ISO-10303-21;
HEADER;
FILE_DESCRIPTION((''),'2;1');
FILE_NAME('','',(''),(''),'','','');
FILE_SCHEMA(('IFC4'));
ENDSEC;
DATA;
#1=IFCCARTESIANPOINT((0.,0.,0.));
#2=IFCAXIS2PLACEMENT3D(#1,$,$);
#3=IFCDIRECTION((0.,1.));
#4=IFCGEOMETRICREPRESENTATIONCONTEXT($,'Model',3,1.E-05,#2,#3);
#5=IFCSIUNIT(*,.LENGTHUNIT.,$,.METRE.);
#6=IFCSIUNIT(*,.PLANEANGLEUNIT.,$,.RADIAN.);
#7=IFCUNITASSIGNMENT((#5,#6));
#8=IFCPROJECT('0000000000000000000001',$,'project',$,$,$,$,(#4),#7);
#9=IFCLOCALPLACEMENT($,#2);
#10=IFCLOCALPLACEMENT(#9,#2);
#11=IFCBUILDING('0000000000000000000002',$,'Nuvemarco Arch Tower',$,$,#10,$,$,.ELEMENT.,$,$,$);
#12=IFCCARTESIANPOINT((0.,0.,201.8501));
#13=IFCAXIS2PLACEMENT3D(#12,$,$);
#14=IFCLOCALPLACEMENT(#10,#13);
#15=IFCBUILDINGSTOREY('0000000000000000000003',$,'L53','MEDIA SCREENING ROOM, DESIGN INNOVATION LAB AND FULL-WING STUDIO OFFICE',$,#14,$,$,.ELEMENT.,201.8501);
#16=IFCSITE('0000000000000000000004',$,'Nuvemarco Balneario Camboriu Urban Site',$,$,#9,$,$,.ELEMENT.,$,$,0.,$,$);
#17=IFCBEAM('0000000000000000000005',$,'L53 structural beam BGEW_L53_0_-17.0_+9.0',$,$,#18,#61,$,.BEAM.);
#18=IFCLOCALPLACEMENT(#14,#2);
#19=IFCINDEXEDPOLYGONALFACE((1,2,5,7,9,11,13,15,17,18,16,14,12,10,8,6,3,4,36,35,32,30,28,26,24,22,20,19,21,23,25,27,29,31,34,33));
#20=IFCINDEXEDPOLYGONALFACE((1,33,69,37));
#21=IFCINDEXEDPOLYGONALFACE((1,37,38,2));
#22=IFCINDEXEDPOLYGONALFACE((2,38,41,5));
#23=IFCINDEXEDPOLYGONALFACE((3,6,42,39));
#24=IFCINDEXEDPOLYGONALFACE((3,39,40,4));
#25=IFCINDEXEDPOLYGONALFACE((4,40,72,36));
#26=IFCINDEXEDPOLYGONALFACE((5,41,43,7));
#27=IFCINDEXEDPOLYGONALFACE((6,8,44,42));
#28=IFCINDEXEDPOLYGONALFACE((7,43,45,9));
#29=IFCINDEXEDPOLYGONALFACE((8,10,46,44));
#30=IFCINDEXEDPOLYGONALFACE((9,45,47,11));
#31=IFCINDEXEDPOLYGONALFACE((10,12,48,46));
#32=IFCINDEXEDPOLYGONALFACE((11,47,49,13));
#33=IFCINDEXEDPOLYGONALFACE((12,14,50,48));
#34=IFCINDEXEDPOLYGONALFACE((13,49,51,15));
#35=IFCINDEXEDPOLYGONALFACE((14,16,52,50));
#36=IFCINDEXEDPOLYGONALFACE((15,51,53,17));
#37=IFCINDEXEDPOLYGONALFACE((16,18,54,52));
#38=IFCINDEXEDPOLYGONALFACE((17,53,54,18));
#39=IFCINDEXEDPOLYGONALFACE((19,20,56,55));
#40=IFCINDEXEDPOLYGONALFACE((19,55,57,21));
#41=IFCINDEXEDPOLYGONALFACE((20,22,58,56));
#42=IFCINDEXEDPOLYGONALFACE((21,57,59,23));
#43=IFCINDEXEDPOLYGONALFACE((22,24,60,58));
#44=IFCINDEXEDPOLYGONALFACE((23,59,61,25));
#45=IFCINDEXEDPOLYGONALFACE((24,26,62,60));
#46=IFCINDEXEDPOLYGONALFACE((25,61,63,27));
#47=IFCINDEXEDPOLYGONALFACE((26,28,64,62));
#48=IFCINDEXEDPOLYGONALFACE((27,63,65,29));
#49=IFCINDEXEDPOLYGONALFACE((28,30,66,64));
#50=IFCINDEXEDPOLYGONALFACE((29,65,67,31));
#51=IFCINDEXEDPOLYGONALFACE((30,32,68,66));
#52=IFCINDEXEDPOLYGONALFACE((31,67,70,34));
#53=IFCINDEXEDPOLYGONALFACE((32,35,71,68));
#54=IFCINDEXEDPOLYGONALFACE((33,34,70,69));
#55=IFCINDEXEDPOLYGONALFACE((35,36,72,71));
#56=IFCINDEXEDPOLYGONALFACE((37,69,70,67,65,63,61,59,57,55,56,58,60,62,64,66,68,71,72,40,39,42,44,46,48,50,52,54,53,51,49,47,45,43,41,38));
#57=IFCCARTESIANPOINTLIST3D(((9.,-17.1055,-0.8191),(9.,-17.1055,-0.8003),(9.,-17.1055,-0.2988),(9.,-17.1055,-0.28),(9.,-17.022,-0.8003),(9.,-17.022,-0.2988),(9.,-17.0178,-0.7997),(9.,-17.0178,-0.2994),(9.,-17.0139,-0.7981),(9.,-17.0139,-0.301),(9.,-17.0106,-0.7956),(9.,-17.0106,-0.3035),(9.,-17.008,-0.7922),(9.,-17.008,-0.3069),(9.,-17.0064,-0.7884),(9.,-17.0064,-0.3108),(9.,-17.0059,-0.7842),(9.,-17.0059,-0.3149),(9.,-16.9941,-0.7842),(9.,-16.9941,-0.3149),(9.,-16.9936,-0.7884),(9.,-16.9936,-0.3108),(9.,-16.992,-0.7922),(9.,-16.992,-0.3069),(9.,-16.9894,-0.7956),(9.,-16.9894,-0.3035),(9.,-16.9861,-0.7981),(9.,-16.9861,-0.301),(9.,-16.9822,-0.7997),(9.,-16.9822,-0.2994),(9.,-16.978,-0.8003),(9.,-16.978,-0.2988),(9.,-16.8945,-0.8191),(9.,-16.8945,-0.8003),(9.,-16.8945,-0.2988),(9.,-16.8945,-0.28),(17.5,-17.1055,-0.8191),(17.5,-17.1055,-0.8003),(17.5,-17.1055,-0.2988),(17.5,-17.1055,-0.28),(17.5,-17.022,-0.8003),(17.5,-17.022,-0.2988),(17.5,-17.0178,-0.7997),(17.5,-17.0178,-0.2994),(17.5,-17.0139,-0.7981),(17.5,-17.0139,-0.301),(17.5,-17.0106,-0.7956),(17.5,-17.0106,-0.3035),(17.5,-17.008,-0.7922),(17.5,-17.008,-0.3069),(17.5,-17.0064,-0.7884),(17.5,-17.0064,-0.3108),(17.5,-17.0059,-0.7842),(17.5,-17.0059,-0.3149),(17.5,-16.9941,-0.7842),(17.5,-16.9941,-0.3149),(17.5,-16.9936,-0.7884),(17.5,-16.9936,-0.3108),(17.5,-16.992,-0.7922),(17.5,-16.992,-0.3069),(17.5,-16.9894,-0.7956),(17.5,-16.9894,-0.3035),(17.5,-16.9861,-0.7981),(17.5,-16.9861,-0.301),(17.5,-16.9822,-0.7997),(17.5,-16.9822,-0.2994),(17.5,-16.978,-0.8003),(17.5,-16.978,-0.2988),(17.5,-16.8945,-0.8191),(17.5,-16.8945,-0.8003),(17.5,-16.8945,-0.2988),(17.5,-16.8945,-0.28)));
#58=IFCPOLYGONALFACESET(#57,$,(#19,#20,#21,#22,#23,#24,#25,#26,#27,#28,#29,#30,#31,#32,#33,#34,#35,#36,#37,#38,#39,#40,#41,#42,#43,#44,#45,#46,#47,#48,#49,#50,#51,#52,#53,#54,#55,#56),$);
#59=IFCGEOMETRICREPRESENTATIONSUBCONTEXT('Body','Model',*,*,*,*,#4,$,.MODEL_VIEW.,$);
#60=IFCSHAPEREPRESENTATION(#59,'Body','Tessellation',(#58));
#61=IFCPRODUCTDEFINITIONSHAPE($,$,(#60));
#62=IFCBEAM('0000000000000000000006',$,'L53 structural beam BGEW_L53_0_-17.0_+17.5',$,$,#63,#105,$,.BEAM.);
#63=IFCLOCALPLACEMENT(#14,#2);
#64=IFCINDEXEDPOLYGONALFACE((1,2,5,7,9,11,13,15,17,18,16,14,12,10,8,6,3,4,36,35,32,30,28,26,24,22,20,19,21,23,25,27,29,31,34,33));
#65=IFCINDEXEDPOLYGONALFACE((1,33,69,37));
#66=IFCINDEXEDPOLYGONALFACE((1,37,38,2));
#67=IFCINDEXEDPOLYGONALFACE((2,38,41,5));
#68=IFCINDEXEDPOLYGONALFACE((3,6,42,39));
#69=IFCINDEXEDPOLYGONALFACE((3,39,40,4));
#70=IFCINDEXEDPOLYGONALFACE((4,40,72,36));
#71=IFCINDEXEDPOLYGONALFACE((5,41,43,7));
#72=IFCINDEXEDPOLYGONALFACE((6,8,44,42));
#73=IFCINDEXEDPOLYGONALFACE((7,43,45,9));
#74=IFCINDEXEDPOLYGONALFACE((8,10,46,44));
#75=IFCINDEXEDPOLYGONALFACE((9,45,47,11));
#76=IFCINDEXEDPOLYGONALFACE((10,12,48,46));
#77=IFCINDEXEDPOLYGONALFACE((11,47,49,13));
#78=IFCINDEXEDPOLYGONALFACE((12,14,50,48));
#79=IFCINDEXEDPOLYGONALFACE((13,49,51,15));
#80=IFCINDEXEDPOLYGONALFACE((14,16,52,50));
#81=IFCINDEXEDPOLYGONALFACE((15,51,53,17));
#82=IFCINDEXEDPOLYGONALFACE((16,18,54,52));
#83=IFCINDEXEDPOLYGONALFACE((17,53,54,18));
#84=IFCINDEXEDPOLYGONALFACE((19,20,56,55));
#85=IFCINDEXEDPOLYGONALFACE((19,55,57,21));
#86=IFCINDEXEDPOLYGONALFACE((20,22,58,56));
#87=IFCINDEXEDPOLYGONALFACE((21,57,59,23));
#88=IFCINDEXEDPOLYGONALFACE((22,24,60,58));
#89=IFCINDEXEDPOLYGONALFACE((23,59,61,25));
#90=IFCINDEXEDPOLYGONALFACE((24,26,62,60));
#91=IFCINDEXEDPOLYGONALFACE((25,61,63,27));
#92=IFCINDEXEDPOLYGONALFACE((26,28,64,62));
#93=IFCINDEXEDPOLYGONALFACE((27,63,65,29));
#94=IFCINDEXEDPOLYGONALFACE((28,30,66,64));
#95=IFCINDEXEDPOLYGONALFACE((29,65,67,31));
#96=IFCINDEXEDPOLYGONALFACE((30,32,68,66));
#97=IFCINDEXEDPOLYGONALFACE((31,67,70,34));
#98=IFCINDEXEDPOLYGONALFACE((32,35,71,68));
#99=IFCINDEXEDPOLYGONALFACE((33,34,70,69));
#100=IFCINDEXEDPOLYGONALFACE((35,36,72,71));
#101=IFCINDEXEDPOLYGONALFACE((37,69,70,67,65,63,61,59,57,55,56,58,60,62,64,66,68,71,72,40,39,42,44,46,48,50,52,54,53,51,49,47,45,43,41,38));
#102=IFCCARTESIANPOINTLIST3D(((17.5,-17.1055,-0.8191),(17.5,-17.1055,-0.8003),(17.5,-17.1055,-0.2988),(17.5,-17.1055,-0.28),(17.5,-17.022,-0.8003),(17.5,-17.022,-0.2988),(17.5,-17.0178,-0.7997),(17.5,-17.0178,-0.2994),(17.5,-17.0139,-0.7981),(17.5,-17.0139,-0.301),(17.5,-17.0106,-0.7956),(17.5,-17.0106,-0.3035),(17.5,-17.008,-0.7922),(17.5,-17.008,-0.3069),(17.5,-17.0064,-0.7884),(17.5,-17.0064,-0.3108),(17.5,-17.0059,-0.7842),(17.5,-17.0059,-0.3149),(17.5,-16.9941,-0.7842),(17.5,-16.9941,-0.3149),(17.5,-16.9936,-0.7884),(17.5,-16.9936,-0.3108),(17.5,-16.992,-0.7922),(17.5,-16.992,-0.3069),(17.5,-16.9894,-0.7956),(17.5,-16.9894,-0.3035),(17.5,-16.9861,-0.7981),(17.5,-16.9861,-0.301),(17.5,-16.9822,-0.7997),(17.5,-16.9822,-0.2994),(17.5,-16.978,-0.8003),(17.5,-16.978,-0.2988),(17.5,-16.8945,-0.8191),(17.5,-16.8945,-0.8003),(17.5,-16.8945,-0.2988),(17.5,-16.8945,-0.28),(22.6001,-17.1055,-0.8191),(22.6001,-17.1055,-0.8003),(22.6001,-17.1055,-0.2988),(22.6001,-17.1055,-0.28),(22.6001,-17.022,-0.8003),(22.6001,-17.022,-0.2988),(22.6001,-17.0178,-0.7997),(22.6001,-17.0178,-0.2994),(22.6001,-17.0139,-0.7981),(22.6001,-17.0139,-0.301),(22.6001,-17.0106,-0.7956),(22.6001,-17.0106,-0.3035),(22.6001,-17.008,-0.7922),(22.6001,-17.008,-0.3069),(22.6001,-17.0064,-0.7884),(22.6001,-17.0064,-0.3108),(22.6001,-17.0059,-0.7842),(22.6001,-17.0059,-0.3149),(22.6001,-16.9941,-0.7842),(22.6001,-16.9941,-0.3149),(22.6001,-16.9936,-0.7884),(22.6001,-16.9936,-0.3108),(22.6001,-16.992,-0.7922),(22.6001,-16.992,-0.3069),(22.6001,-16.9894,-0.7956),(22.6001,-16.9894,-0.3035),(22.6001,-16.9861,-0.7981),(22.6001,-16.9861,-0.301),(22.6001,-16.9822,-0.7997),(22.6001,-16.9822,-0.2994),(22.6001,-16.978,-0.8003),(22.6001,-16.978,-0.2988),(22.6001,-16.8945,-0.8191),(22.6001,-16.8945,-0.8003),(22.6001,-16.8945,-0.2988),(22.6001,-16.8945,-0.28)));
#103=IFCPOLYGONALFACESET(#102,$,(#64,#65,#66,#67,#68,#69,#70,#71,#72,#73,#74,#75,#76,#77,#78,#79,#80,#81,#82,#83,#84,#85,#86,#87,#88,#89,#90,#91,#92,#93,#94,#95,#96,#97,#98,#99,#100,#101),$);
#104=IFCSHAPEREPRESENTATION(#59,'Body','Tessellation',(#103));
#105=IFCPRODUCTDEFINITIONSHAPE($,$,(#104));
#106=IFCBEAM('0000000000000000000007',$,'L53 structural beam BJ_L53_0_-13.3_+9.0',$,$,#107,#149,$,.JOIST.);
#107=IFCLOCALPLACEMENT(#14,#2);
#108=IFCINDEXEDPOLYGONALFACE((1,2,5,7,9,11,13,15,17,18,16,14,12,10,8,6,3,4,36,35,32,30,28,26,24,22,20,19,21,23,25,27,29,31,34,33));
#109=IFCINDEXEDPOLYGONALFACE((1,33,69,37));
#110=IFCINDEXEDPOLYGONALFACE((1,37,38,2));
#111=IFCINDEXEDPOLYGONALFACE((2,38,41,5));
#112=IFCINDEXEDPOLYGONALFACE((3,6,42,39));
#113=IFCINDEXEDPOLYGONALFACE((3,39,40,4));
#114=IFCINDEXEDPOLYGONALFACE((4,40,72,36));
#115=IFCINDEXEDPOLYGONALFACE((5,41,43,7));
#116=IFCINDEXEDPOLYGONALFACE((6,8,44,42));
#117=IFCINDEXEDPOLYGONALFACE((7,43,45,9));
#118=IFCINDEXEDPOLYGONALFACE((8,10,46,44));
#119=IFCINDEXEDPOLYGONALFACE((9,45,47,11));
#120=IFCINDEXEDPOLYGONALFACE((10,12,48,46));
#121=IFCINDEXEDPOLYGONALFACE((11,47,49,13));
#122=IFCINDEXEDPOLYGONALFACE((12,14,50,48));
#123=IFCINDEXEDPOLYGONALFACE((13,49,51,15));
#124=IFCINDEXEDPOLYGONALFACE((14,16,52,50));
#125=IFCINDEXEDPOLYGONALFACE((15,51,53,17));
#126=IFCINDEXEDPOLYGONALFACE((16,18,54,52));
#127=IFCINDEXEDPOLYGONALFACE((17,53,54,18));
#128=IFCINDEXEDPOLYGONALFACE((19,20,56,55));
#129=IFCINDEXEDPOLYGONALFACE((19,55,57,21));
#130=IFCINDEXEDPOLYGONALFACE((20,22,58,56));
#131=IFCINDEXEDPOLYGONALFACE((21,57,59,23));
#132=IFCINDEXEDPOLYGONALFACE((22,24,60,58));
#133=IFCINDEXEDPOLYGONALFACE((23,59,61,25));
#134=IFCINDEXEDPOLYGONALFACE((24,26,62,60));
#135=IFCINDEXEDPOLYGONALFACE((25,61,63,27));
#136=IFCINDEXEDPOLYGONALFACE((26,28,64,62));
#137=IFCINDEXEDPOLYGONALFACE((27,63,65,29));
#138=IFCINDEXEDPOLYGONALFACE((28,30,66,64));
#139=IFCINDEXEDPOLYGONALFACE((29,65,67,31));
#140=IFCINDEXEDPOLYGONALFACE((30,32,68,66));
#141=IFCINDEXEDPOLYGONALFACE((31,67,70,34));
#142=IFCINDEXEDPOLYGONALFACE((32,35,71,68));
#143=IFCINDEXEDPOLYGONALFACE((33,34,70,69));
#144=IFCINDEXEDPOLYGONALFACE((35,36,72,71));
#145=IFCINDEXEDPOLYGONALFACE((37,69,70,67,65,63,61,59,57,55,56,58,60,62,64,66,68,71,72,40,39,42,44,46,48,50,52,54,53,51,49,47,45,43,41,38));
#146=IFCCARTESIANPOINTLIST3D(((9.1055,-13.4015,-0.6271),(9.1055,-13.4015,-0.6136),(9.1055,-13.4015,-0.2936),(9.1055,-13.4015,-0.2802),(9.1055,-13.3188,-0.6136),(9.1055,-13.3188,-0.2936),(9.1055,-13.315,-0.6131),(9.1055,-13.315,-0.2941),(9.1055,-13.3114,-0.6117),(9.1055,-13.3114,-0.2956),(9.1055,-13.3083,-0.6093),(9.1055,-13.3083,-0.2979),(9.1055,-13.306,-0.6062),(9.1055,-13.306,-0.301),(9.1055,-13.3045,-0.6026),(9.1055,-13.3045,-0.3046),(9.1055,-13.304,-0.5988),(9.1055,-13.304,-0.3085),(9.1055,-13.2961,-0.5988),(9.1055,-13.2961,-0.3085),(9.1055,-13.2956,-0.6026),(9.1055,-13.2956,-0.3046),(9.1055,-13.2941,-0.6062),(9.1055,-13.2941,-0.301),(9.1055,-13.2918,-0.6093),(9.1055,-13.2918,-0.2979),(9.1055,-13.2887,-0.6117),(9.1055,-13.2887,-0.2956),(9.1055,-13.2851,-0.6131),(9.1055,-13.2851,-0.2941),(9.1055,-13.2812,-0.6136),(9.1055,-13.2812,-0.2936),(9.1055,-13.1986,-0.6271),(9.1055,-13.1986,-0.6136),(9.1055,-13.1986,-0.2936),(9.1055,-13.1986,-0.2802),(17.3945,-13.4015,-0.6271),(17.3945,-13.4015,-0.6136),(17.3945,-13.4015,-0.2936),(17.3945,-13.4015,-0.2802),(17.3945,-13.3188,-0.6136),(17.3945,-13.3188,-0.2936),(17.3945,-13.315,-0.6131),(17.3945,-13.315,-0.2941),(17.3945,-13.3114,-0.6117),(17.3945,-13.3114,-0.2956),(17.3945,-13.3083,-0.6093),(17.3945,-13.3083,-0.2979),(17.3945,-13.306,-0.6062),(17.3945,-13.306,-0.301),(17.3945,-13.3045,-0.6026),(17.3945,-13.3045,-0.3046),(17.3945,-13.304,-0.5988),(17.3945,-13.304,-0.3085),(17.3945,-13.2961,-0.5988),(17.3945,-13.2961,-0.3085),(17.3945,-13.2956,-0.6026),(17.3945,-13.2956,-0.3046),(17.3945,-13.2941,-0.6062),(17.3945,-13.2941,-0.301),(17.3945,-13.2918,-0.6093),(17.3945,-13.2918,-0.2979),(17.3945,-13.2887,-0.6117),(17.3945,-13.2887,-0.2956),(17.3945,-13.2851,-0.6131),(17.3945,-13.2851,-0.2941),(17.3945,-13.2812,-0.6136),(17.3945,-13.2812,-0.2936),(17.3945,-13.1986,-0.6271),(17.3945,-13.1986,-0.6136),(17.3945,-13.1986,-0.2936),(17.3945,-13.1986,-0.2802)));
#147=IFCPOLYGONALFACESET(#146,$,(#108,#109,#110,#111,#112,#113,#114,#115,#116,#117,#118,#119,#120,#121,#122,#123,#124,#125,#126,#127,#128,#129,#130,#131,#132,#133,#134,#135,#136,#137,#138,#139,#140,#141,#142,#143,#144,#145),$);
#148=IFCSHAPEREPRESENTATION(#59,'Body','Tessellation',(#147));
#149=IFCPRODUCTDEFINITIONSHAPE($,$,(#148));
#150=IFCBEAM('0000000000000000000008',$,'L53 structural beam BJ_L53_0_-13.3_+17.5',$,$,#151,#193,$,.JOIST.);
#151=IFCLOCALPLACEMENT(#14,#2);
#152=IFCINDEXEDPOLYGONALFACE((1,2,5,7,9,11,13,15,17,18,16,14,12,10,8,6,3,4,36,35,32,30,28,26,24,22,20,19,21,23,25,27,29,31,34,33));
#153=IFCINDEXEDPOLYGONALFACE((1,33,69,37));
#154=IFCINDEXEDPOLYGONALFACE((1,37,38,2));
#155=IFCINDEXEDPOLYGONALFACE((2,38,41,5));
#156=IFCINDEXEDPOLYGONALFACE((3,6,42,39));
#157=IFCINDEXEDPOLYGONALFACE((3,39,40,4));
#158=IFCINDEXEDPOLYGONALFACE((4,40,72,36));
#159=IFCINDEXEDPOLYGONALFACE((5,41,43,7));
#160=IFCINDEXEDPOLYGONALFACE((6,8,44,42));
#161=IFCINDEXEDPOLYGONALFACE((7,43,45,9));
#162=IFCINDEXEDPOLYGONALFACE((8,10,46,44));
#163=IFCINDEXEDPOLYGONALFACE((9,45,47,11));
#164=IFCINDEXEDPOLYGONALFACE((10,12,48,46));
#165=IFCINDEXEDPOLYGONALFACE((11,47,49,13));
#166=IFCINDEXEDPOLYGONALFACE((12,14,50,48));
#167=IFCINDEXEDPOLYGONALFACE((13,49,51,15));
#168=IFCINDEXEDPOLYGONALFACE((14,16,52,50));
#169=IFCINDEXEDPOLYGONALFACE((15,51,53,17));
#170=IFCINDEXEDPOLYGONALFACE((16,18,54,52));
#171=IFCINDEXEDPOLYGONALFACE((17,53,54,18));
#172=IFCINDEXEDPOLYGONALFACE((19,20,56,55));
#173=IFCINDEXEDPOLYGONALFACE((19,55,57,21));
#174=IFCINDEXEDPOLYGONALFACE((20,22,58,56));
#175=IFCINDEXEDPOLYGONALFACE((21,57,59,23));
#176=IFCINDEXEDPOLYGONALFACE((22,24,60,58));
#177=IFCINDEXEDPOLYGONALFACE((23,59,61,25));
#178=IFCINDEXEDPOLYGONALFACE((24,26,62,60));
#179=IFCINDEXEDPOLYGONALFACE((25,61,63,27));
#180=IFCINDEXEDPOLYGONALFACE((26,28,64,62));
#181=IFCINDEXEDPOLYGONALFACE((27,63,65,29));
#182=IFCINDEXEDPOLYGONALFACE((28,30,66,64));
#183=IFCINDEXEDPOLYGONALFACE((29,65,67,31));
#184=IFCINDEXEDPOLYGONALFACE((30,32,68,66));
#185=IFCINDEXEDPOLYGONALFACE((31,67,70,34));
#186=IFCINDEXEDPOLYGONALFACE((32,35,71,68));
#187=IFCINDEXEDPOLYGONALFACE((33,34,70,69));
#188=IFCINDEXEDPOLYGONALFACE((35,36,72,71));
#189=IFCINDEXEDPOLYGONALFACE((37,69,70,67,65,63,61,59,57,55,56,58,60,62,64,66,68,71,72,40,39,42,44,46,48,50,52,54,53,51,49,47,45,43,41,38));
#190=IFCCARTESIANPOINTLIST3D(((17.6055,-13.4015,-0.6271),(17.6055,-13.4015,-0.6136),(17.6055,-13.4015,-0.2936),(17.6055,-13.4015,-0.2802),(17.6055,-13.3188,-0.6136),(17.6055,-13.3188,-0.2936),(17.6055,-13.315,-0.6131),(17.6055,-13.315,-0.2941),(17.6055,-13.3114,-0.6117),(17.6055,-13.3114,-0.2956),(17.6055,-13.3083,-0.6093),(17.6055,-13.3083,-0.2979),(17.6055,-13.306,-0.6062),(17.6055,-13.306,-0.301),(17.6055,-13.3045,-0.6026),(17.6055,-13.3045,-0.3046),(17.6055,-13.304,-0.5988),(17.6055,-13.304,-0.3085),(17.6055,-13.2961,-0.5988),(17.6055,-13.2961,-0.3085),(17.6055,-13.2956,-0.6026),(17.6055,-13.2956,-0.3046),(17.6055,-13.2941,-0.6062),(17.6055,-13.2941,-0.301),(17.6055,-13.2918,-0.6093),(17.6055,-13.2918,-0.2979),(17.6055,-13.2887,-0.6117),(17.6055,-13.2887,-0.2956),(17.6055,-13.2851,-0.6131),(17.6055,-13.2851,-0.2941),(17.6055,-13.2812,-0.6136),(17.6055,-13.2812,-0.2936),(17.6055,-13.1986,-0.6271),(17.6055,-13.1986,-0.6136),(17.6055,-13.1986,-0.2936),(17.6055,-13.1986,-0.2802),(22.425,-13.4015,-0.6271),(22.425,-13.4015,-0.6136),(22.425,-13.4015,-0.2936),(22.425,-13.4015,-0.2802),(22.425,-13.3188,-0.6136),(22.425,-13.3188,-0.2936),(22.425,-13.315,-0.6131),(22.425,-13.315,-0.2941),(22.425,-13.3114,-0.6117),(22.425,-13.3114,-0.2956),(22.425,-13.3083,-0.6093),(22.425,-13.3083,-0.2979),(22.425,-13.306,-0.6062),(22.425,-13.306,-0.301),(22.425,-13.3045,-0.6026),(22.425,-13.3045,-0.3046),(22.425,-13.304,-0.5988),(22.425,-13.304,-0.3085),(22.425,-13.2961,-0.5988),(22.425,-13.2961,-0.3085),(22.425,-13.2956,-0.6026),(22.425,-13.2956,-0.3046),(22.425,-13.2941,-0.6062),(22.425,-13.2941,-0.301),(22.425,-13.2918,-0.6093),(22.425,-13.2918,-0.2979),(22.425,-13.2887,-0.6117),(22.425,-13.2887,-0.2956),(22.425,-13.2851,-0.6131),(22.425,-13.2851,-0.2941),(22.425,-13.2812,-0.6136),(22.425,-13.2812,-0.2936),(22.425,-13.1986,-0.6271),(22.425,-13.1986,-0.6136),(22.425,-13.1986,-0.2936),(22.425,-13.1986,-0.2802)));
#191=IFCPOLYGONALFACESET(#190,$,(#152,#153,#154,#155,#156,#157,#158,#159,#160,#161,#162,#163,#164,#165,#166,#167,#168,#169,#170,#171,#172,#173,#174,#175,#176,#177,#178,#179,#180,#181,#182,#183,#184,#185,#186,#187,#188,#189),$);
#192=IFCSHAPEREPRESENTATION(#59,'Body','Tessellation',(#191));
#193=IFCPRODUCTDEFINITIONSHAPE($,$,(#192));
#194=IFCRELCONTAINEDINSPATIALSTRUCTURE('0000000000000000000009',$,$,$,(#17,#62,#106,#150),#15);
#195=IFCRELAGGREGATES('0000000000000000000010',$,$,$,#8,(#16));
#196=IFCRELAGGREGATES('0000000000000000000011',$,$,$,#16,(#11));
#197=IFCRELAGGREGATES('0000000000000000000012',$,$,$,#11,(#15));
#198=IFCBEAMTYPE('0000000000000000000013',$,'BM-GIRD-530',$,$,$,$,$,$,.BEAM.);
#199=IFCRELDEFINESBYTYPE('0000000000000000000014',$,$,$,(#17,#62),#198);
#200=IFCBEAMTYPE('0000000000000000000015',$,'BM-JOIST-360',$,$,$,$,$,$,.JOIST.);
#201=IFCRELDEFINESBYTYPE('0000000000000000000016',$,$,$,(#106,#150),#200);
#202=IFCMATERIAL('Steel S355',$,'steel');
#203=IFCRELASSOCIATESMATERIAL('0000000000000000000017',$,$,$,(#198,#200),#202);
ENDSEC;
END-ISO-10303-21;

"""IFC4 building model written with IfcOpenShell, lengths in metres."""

from ifc_helpers import new_model, si_unit, direction, frame, origin, origin_2d, place, context, subcontext, project, spatial, i_section, extrude, material, material_profile, profile_set, type_object, element, save


model = new_model("IFC4")

# Units and contexts
model_context = context("Model", 3, precision=1e-05, world=origin(), true_north=direction((0.0, 1.0)))
body_context = subcontext(model_context, "Body", "Model", "MODEL_VIEW")
ifc_project = project(units=[si_unit("LENGTHUNIT", "METRE"), si_unit("PLANEANGLEUNIT", "RADIAN")], contexts=[model_context])

# Site, building, storey
site_placement = place(None, origin())
site = spatial("IfcSite", under=ifc_project, at=site_placement, Name="Nuvemarco Balneario Camboriu Urban Site", CompositionType="ELEMENT", RefElevation=0.0)
building_placement = place(site_placement, origin())
building = spatial("IfcBuilding", under=site, at=building_placement, Name="Nuvemarco Arch Tower", CompositionType="ELEMENT")
storey_placement = place(building_placement, frame((0.0, 0.0, 201.8501)))
storey = spatial("IfcBuildingStorey", under=building, at=storey_placement, Name="L53", Description="MEDIA SCREENING ROOM, DESIGN INNOVATION LAB AND FULL-WING STUDIO OFFICE", CompositionType="ELEMENT", Elevation=201.8501)

# Shared definitions
ifc_material_1 = material(Name="Steel S355", Category="steel")

# Beams
ifc_material_profile_1 = material_profile(ifc_material_1, i_section(OverallWidth=0.2109, OverallDepth=0.5391, WebThickness=0.0117, FlangeThickness=0.0188, FilletRadius=0.0161, at=origin_2d()), Name="W530x109")
ifc_profile_set_1 = profile_set([ifc_material_profile_1], Name="Steel S355")
beam_type_1 = type_object("IfcBeamType", Name="BM-GIRD-530", PredefinedType="BEAM", material=ifc_profile_set_1)
beam_1_placement = place(storey_placement, frame((9.0, -17.0, -0.5496), z_axis=(1.0, 0.0, 0.0), x_axis=(0.0, 1.0, 0.0)))
element("IfcBeam", 1, at=beam_1_placement, inside=storey, type_object=beam_type_1, Name="L53 structural beam BGEW_L53_0_-17.0_+9.0", PredefinedType="BEAM", context=body_context, shape_type="SweptSolid", body=[
    extrude(i_section(OverallWidth=0.2109, OverallDepth=0.5391, WebThickness=0.0117, FlangeThickness=0.0188, FilletRadius=0.0161, at=origin_2d()), origin(), (0.0, 0.0, 1.0), 8.5),
])
beam_2_placement = place(storey_placement, frame((17.5, -17.0, -0.5496), z_axis=(1.0, 0.0, 0.0), x_axis=(0.0, 1.0, 0.0)))
element("IfcBeam", 2, at=beam_2_placement, inside=storey, type_object=beam_type_1, Name="L53 structural beam BGEW_L53_0_-17.0_+17.5", PredefinedType="BEAM", context=body_context, shape_type="SweptSolid", body=[
    extrude(i_section(OverallWidth=0.2109, OverallDepth=0.5391, WebThickness=0.0117, FlangeThickness=0.0188, FilletRadius=0.0161, at=origin_2d()), origin(), (0.0, 0.0, 1.0), 5.1001),
])
ifc_material_profile_2 = material_profile(ifc_material_1, i_section(OverallWidth=0.2029, OverallDepth=0.3469, WebThickness=0.0078, FlangeThickness=0.0134, FilletRadius=0.0149, at=origin_2d()), Name="W360x64")
ifc_profile_set_2 = profile_set([ifc_material_profile_2], Name="Steel S355")
beam_type_2 = type_object("IfcBeamType", Name="BM-JOIST-360", PredefinedType="JOIST", material=ifc_profile_set_2)
beam_3_placement = place(storey_placement, frame((9.1055, -13.3, -0.4536), z_axis=(1.0, 0.0, 0.0), x_axis=(0.0, 1.0, 0.0)))
element("IfcBeam", 3, at=beam_3_placement, inside=storey, type_object=beam_type_2, Name="L53 structural beam BJ_L53_0_-13.3_+9.0", PredefinedType="JOIST", context=body_context, shape_type="SweptSolid", body=[
    extrude(i_section(OverallWidth=0.2029, OverallDepth=0.3469, WebThickness=0.0078, FlangeThickness=0.0134, FilletRadius=0.0149, at=origin_2d()), origin(), (0.0, 0.0, 1.0), 8.2891),
])
beam_4_placement = place(storey_placement, frame((17.6055, -13.3, -0.4536), z_axis=(1.0, 0.0, 0.0), x_axis=(0.0, 1.0, 0.0)))
element("IfcBeam", 4, at=beam_4_placement, inside=storey, type_object=beam_type_2, Name="L53 structural beam BJ_L53_0_-13.3_+17.5", PredefinedType="JOIST", context=body_context, shape_type="SweptSolid", body=[
    extrude(i_section(OverallWidth=0.2029, OverallDepth=0.3469, WebThickness=0.0078, FlangeThickness=0.0134, FilletRadius=0.0149, at=origin_2d()), origin(), (0.0, 0.0, 1.0), 4.8196),
])

save(model, "model.ifc")
